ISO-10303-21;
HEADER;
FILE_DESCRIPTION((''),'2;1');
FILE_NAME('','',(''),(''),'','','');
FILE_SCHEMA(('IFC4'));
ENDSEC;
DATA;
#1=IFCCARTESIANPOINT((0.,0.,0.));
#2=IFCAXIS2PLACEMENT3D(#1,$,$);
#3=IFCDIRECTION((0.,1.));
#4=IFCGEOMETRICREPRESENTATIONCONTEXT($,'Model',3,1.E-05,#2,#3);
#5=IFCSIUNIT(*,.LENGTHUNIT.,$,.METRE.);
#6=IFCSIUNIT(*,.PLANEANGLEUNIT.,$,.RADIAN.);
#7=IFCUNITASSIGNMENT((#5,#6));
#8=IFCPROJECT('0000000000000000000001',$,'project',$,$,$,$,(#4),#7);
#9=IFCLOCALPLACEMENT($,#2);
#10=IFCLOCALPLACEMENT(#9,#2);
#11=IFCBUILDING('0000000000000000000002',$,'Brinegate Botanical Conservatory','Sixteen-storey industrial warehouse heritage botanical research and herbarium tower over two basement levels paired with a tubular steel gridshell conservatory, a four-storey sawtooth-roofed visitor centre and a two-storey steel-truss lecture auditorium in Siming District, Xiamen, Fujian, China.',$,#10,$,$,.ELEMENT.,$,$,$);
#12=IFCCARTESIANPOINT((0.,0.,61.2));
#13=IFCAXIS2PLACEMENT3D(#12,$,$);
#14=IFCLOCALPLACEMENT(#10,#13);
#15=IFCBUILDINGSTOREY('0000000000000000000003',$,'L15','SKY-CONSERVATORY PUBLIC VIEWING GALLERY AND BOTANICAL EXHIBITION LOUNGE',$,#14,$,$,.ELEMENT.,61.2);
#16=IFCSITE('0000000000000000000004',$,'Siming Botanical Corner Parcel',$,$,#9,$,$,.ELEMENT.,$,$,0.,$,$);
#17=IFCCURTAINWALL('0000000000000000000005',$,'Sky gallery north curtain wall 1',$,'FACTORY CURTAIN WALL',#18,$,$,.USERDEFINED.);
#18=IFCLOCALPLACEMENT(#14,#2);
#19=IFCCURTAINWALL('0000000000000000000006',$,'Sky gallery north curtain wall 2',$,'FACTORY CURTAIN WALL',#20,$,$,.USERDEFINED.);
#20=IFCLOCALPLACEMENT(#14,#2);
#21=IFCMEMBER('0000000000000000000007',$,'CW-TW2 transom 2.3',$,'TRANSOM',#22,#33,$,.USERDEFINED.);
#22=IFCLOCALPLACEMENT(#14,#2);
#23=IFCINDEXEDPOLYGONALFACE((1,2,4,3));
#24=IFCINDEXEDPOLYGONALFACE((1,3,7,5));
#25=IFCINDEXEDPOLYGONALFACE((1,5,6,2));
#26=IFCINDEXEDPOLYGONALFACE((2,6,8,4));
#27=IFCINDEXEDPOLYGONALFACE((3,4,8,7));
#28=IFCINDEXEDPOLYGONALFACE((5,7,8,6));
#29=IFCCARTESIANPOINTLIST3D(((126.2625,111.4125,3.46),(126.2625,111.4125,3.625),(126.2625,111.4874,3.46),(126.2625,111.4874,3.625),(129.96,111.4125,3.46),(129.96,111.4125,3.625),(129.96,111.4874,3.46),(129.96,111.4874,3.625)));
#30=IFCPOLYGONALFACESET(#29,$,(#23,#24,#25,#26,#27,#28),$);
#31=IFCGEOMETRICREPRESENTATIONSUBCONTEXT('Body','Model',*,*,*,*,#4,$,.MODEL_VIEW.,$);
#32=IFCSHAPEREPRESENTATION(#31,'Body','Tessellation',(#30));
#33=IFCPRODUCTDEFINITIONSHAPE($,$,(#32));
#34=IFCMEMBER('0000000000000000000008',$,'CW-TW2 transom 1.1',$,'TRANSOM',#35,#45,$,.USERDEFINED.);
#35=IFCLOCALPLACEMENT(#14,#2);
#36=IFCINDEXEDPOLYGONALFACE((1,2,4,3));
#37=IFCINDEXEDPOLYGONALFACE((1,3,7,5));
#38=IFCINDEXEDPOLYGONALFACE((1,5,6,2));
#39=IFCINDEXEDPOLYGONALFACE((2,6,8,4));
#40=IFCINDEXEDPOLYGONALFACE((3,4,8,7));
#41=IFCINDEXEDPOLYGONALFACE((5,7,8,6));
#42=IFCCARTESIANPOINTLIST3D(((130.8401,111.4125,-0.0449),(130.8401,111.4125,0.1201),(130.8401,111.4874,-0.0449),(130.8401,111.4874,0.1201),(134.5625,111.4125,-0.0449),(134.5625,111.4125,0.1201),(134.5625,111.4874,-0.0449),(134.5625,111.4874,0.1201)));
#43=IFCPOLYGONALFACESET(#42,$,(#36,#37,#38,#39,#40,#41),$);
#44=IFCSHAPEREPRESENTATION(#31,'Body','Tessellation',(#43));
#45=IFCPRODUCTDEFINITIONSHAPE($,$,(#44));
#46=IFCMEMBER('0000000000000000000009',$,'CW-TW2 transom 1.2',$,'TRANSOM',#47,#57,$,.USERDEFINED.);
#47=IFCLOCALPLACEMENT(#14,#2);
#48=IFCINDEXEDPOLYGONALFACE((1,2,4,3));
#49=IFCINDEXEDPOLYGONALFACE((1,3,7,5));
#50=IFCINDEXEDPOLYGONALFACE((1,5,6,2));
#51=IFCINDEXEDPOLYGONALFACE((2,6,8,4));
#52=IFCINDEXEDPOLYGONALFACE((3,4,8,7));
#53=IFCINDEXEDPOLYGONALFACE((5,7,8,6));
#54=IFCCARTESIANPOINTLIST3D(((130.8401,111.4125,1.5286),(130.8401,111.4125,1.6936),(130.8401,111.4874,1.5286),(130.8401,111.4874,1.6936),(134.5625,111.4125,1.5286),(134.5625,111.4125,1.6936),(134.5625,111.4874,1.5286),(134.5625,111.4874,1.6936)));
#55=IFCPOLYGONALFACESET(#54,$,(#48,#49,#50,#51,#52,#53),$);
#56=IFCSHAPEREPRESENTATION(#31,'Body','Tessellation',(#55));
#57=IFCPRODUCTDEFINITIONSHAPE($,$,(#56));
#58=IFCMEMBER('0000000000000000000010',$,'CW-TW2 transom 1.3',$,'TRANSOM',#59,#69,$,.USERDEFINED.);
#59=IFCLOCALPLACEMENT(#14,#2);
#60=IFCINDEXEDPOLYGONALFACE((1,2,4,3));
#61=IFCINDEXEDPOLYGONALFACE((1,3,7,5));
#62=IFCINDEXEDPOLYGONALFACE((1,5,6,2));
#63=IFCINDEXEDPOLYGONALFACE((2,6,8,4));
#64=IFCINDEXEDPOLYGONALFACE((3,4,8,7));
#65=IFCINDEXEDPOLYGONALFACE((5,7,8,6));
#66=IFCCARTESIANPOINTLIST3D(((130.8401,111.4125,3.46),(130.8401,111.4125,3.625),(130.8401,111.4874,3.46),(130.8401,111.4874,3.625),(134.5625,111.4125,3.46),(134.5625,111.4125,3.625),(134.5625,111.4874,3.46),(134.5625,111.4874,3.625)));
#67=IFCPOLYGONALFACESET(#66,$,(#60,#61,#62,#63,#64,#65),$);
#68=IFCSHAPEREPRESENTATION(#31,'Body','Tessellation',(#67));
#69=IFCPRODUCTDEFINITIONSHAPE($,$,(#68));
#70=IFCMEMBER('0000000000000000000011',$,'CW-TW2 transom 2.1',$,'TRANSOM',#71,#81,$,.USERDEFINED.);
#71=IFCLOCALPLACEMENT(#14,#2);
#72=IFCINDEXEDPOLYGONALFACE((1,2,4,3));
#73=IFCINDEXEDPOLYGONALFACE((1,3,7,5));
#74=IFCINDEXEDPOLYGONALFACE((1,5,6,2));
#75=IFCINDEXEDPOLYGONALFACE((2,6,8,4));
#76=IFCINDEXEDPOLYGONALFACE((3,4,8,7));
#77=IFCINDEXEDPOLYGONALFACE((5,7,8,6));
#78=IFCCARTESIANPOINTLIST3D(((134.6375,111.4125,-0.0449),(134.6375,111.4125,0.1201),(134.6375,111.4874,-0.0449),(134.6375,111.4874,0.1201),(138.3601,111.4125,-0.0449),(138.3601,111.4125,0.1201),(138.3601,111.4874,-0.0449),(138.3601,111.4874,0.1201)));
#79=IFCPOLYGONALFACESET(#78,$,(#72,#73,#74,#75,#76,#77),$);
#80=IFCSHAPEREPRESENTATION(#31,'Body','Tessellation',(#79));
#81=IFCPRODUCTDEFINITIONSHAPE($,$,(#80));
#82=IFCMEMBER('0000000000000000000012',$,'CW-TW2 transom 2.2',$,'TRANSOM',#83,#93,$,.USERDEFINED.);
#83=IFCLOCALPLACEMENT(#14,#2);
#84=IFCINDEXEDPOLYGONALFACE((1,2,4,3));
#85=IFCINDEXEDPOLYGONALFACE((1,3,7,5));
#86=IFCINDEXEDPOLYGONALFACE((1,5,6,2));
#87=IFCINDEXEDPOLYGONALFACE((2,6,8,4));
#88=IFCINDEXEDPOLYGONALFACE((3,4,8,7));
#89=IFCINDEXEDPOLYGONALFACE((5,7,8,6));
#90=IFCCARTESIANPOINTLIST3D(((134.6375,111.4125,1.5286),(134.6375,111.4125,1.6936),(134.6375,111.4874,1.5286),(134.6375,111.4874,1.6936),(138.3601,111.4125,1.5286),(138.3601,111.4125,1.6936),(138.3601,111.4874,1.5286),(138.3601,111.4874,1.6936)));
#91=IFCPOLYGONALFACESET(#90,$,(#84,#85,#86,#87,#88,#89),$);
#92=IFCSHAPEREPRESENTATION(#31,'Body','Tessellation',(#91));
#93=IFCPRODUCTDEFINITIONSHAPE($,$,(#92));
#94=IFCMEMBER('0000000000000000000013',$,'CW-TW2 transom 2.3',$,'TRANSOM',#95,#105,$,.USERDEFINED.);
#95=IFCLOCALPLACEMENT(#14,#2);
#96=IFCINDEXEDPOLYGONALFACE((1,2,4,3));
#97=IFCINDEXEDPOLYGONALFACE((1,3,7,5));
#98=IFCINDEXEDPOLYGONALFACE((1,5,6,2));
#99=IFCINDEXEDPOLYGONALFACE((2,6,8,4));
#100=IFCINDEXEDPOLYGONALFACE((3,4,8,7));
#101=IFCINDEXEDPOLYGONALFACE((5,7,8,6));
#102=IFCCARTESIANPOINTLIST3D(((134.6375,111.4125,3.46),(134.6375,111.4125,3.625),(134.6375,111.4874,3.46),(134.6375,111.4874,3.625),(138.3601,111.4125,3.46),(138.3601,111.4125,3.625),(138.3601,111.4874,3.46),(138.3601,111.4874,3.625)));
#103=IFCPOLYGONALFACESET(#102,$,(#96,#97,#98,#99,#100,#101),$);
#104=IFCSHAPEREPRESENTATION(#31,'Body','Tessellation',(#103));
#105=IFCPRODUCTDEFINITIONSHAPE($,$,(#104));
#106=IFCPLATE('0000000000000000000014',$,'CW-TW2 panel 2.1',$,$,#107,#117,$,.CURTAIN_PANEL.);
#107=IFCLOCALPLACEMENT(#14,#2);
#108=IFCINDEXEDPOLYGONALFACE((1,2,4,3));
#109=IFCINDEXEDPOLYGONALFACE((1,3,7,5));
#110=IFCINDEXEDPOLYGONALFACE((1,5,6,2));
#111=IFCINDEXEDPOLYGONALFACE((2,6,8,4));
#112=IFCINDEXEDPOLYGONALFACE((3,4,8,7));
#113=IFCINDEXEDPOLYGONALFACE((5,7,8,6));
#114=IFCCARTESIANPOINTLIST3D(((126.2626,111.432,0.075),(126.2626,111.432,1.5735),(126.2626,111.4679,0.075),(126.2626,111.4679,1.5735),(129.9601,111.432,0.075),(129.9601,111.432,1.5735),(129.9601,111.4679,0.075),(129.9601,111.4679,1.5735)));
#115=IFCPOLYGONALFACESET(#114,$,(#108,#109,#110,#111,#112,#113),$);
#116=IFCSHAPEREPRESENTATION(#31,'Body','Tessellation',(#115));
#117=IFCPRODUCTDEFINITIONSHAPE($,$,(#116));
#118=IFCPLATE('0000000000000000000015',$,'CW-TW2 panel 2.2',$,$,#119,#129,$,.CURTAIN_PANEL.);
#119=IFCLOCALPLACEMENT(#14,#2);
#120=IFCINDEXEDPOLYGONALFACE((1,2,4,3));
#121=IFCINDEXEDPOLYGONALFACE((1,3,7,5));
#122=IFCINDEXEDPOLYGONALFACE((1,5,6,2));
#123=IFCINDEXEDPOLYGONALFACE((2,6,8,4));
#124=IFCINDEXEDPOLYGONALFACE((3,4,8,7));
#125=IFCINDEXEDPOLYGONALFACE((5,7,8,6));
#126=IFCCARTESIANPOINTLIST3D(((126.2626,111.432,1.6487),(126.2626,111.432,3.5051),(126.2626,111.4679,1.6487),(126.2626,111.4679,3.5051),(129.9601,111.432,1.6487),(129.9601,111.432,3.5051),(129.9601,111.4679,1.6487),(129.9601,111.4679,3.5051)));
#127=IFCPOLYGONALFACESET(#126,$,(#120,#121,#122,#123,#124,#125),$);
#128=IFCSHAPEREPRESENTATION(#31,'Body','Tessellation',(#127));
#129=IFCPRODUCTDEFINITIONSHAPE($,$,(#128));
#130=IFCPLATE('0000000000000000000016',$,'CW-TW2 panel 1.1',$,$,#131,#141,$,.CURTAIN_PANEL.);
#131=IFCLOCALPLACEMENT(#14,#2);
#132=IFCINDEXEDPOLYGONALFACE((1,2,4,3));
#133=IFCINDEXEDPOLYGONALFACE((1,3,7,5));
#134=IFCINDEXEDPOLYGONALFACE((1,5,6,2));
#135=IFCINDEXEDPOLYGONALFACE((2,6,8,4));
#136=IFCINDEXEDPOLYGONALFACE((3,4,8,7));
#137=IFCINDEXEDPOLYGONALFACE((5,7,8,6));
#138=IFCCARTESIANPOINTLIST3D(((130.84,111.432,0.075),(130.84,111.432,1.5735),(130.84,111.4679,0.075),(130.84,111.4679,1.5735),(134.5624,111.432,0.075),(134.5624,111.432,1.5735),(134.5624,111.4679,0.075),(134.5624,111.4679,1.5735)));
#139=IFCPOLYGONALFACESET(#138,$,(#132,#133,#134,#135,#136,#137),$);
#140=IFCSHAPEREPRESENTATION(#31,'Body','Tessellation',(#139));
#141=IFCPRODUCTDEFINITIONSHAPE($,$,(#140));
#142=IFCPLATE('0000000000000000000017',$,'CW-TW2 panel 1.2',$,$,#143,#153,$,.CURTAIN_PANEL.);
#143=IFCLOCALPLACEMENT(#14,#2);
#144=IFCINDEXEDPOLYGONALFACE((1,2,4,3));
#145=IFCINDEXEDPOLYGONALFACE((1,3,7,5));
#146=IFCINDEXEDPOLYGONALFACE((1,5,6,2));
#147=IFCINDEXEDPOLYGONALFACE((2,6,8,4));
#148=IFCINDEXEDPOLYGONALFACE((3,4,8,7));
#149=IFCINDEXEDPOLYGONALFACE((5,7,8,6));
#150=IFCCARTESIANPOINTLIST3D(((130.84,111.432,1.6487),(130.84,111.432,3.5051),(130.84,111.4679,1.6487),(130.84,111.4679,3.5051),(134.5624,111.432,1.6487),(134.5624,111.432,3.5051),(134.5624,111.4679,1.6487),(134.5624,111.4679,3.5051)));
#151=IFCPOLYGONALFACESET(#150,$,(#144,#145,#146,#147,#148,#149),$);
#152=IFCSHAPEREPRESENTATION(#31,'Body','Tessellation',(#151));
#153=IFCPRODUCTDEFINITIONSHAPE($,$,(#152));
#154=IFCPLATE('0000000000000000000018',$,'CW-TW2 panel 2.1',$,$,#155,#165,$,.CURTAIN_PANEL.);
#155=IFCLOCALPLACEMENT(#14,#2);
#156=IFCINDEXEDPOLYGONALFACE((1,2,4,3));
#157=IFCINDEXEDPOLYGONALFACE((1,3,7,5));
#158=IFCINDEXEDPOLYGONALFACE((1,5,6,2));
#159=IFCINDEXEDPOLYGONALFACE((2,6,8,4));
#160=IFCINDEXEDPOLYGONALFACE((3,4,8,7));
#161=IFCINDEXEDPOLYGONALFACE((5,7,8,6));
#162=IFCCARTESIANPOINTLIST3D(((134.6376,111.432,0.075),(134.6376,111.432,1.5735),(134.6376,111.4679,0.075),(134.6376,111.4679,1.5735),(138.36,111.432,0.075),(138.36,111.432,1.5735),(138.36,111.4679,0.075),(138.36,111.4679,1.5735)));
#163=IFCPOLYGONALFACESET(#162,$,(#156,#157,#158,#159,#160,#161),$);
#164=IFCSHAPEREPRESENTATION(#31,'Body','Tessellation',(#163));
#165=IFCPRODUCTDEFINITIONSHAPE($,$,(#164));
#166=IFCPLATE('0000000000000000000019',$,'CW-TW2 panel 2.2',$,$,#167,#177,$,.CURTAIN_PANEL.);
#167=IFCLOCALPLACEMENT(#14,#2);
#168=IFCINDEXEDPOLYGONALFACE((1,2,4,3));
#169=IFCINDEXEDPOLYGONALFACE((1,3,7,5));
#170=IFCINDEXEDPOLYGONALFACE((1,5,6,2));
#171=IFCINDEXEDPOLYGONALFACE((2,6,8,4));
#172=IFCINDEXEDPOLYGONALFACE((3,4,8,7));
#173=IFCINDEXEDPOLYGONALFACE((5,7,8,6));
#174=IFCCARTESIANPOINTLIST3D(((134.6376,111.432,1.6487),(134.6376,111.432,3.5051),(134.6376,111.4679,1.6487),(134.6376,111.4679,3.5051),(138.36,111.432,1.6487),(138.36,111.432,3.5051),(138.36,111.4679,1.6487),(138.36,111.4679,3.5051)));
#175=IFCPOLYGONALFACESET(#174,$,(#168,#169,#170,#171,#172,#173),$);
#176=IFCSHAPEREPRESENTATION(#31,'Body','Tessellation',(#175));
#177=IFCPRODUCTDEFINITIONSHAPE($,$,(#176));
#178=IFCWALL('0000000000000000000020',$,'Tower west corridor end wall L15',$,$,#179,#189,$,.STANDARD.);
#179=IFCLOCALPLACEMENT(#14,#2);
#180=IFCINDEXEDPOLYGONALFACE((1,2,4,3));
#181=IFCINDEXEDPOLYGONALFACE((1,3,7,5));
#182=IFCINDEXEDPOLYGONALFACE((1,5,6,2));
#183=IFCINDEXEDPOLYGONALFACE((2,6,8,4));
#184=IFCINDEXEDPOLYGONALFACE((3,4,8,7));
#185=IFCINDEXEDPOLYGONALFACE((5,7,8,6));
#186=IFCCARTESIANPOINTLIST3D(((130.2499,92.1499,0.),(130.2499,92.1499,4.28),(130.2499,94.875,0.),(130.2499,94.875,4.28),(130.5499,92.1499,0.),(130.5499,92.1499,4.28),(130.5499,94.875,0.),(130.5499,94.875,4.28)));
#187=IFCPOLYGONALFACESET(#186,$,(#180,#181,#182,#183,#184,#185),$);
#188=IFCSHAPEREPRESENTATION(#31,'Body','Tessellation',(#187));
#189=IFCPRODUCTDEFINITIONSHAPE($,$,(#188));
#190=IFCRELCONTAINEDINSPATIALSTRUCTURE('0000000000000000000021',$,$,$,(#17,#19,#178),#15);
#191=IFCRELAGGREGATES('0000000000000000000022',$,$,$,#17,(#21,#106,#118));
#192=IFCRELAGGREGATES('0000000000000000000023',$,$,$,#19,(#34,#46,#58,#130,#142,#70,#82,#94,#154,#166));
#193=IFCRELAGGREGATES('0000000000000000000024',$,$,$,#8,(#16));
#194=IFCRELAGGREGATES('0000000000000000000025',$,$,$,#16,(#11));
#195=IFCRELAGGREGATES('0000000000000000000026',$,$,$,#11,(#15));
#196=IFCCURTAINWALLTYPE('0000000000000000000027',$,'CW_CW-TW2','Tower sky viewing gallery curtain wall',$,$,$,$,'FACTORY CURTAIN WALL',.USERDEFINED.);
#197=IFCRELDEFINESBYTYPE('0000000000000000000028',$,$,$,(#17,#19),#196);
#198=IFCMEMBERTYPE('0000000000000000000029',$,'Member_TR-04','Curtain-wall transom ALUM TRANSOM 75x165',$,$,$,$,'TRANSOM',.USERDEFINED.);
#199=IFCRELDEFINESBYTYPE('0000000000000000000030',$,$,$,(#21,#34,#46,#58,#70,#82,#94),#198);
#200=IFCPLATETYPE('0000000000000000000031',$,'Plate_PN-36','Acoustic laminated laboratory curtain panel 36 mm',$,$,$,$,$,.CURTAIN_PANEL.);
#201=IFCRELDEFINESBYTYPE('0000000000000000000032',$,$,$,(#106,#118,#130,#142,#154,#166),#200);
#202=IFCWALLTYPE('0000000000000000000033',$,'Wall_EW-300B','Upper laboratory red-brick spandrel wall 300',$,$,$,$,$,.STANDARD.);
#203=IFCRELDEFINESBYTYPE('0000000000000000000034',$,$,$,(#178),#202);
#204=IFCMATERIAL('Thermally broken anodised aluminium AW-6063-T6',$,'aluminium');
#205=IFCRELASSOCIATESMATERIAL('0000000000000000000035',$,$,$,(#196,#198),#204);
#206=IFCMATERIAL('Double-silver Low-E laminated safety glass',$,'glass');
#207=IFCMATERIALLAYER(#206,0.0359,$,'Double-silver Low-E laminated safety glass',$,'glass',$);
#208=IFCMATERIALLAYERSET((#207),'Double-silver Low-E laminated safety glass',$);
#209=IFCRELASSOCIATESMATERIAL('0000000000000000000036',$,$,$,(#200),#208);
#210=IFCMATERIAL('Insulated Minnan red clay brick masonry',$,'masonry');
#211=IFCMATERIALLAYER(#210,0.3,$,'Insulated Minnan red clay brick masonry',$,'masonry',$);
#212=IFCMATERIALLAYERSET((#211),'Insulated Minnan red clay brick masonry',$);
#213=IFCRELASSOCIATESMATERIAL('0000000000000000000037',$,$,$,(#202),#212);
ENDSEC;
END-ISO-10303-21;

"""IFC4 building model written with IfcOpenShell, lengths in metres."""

from ifc_helpers import new_model, si_unit, direction, frame, frame_2d, origin, origin_2d, place, context, subcontext, project, spatial, rectangle, extrude, material, layer, layer_set, material_profile, profile_set, type_object, element, aggregate, save


model = new_model("IFC4")

# Units and contexts
model_context = context("Model", 3, precision=1e-05, world=origin(), true_north=direction((0.0, 1.0)))
body_context = subcontext(model_context, "Body", "Model", "MODEL_VIEW")
ifc_project = project(units=[si_unit("LENGTHUNIT", "METRE"), si_unit("PLANEANGLEUNIT", "RADIAN")], contexts=[model_context])

# Site, building, storey
site_placement = place(None, origin())
site = spatial("IfcSite", under=ifc_project, at=site_placement, Name="Siming Botanical Corner Parcel", CompositionType="ELEMENT", RefElevation=0.0)
building_placement = place(site_placement, origin())
building = spatial("IfcBuilding", under=site, at=building_placement, Name="Brinegate Botanical Conservatory", Description="Sixteen-storey industrial warehouse heritage botanical research and herbarium tower over two basement levels paired with a tubular steel gridshell conservatory, a four-storey sawtooth-roofed visitor centre and a two-storey steel-truss lecture auditorium in Siming District, Xiamen, Fujian, China.", CompositionType="ELEMENT")
storey_placement = place(building_placement, frame((0.0, 0.0, 61.2)))
storey = spatial("IfcBuildingStorey", under=building, at=storey_placement, Name="L15", Description="SKY-CONSERVATORY PUBLIC VIEWING GALLERY AND BOTANICAL EXHIBITION LOUNGE", CompositionType="ELEMENT", Elevation=61.2)

# Curtain wall
ifc_material_1 = material(Name="Thermally broken anodised aluminium AW-6063-T6", Category="aluminium")
curtain_wall_type = type_object("IfcCurtainWallType", Name="CW_CW-TW2", Description="Tower sky viewing gallery curtain wall", ElementType="FACTORY CURTAIN WALL", PredefinedType="USERDEFINED", material=ifc_material_1)
curtain_wall_1_placement = place(storey_placement, origin())
curtain_wall_1 = element("IfcCurtainWall", 1, at=curtain_wall_1_placement, inside=storey, type_object=curtain_wall_type, Name="Sky gallery north curtain wall 1", ObjectType="FACTORY CURTAIN WALL", PredefinedType="USERDEFINED")

# Curtain wall
curtain_wall_2_placement = place(storey_placement, origin())
curtain_wall_2 = element("IfcCurtainWall", 2, at=curtain_wall_2_placement, inside=storey, type_object=curtain_wall_type, Name="Sky gallery north curtain wall 2", ObjectType="FACTORY CURTAIN WALL", PredefinedType="USERDEFINED")

# Members
ifc_material_profile_1 = material_profile(ifc_material_1, rectangle(XDim=0.075, YDim=0.165, at=origin_2d()), Name="ALUM TRANSOM 75x165")
ifc_profile_set_1 = profile_set([ifc_material_profile_1], Name="Thermally broken anodised aluminium AW-6063-T6")
member_type_1 = type_object("IfcMemberType", Name="Member_TR-04", Description="Curtain-wall transom ALUM TRANSOM 75x165", ElementType="TRANSOM", PredefinedType="USERDEFINED", material=ifc_profile_set_1)
member_1_placement = place(storey_placement, frame((126.2625, 111.45, 3.5425), z_axis=(1.0, 0.0, 0.0), x_axis=(0.0, 1.0, 0.0)))
member_1 = element("IfcMember", 3, at=member_1_placement, type_object=member_type_1, Name="CW-TW2 transom 2.3", ObjectType="TRANSOM", PredefinedType="USERDEFINED", context=body_context, shape_type="SweptSolid", body=[
    extrude(rectangle(XDim=0.075, YDim=0.165, at=origin_2d()), origin(), (0.0, 0.0, 1.0), 3.6975),
])
member_2_placement = place(storey_placement, frame((130.8401, 111.45, 0.0376), z_axis=(1.0, 0.0, 0.0), x_axis=(0.0, 1.0, 0.0)))
member_2 = element("IfcMember", 4, at=member_2_placement, type_object=member_type_1, Name="CW-TW2 transom 1.1", ObjectType="TRANSOM", PredefinedType="USERDEFINED", context=body_context, shape_type="SweptSolid", body=[
    extrude(rectangle(XDim=0.075, YDim=0.165, at=origin_2d()), origin(), (0.0, 0.0, 1.0), 3.7224),
])
member_3_placement = place(storey_placement, frame((130.8401, 111.45, 1.6111), z_axis=(1.0, 0.0, 0.0), x_axis=(0.0, 1.0, 0.0)))
member_3 = element("IfcMember", 5, at=member_3_placement, type_object=member_type_1, Name="CW-TW2 transom 1.2", ObjectType="TRANSOM", PredefinedType="USERDEFINED", context=body_context, shape_type="SweptSolid", body=[
    extrude(rectangle(XDim=0.075, YDim=0.165, at=origin_2d()), origin(), (0.0, 0.0, 1.0), 3.7224),
])
member_4_placement = place(storey_placement, frame((130.8401, 111.45, 3.5425), z_axis=(1.0, 0.0, 0.0), x_axis=(0.0, 1.0, 0.0)))
member_4 = element("IfcMember", 6, at=member_4_placement, type_object=member_type_1, Name="CW-TW2 transom 1.3", ObjectType="TRANSOM", PredefinedType="USERDEFINED", context=body_context, shape_type="SweptSolid", body=[
    extrude(rectangle(XDim=0.075, YDim=0.165, at=origin_2d()), origin(), (0.0, 0.0, 1.0), 3.7224),
])
member_5_placement = place(storey_placement, frame((134.6375, 111.45, 0.0376), z_axis=(1.0, 0.0, 0.0), x_axis=(0.0, 1.0, 0.0)))
member_5 = element("IfcMember", 7, at=member_5_placement, type_object=member_type_1, Name="CW-TW2 transom 2.1", ObjectType="TRANSOM", PredefinedType="USERDEFINED", context=body_context, shape_type="SweptSolid", body=[
    extrude(rectangle(XDim=0.075, YDim=0.165, at=origin_2d()), origin(), (0.0, 0.0, 1.0), 3.7227),
])
member_6_placement = place(storey_placement, frame((134.6375, 111.45, 1.6111), z_axis=(1.0, 0.0, 0.0), x_axis=(0.0, 1.0, 0.0)))
member_6 = element("IfcMember", 8, at=member_6_placement, type_object=member_type_1, Name="CW-TW2 transom 2.2", ObjectType="TRANSOM", PredefinedType="USERDEFINED", context=body_context, shape_type="SweptSolid", body=[
    extrude(rectangle(XDim=0.075, YDim=0.165, at=origin_2d()), origin(), (0.0, 0.0, 1.0), 3.7227),
])
member_7_placement = place(storey_placement, frame((134.6375, 111.45, 3.5425), z_axis=(1.0, 0.0, 0.0), x_axis=(0.0, 1.0, 0.0)))
member_7 = element("IfcMember", 9, at=member_7_placement, type_object=member_type_1, Name="CW-TW2 transom 2.3", ObjectType="TRANSOM", PredefinedType="USERDEFINED", context=body_context, shape_type="SweptSolid", body=[
    extrude(rectangle(XDim=0.075, YDim=0.165, at=origin_2d()), origin(), (0.0, 0.0, 1.0), 3.7227),
])

# Plates
ifc_material_2 = material(Name="Double-silver Low-E laminated safety glass", Category="glass")
ifc_layer_1 = layer(ifc_material_2, 0.0359, Name="Double-silver Low-E laminated safety glass", Category="glass")
ifc_layer_set_1 = layer_set([ifc_layer_1], Name="Double-silver Low-E laminated safety glass")
plate_type = type_object("IfcPlateType", Name="Plate_PN-36", Description="Acoustic laminated laboratory curtain panel 36 mm", PredefinedType="CURTAIN_PANEL", material=ifc_layer_set_1)
plate_1_placement = place(storey_placement, frame((128.1113, 111.45, 0.075), z_axis=(0.0, 0.0, 1.0), x_axis=(1.0, 0.0, 0.0)))
plate_1 = element("IfcPlate", 10, at=plate_1_placement, type_object=plate_type, Name="CW-TW2 panel 2.1", PredefinedType="CURTAIN_PANEL", context=body_context, shape_type="SweptSolid", body=[
    extrude(rectangle(XDim=3.6975, YDim=0.0359, at=origin_2d()), origin(), (0.0, 0.0, 1.0), 1.4985),
])
plate_2_placement = place(storey_placement, frame((128.1113, 111.45, 1.6487), z_axis=(0.0, 0.0, 1.0), x_axis=(1.0, 0.0, 0.0)))
plate_2 = element("IfcPlate", 11, at=plate_2_placement, type_object=plate_type, Name="CW-TW2 panel 2.2", PredefinedType="CURTAIN_PANEL", context=body_context, shape_type="SweptSolid", body=[
    extrude(rectangle(XDim=3.6975, YDim=0.0359, at=origin_2d()), origin(), (0.0, 0.0, 1.0), 1.8564),
])
aggregate(curtain_wall_1, [member_1, plate_1, plate_2])
plate_3_placement = place(storey_placement, frame((132.7012, 111.45, 0.075), z_axis=(0.0, 0.0, 1.0), x_axis=(1.0, 0.0, 0.0)))
plate_3 = element("IfcPlate", 12, at=plate_3_placement, type_object=plate_type, Name="CW-TW2 panel 1.1", PredefinedType="CURTAIN_PANEL", context=body_context, shape_type="SweptSolid", body=[
    extrude(rectangle(XDim=3.7224, YDim=0.0359, at=origin_2d()), origin(), (0.0, 0.0, 1.0), 1.4985),
])
plate_4_placement = place(storey_placement, frame((132.7012, 111.45, 1.6487), z_axis=(0.0, 0.0, 1.0), x_axis=(1.0, 0.0, 0.0)))
plate_4 = element("IfcPlate", 13, at=plate_4_placement, type_object=plate_type, Name="CW-TW2 panel 1.2", PredefinedType="CURTAIN_PANEL", context=body_context, shape_type="SweptSolid", body=[
    extrude(rectangle(XDim=3.7224, YDim=0.0359, at=origin_2d()), origin(), (0.0, 0.0, 1.0), 1.8564),
])
plate_5_placement = place(storey_placement, frame((136.4988, 111.45, 0.075), z_axis=(0.0, 0.0, 1.0), x_axis=(1.0, 0.0, 0.0)))
plate_5 = element("IfcPlate", 14, at=plate_5_placement, type_object=plate_type, Name="CW-TW2 panel 2.1", PredefinedType="CURTAIN_PANEL", context=body_context, shape_type="SweptSolid", body=[
    extrude(rectangle(XDim=3.7224, YDim=0.0359, at=origin_2d()), origin(), (0.0, 0.0, 1.0), 1.4985),
])
plate_6_placement = place(storey_placement, frame((136.4988, 111.45, 1.6487), z_axis=(0.0, 0.0, 1.0), x_axis=(1.0, 0.0, 0.0)))
plate_6 = element("IfcPlate", 15, at=plate_6_placement, type_object=plate_type, Name="CW-TW2 panel 2.2", PredefinedType="CURTAIN_PANEL", context=body_context, shape_type="SweptSolid", body=[
    extrude(rectangle(XDim=3.7224, YDim=0.0359, at=origin_2d()), origin(), (0.0, 0.0, 1.0), 1.8564),
])
aggregate(curtain_wall_2, [member_2, member_3, member_4, plate_3, plate_4, member_5, member_6, member_7, plate_5, plate_6])

# Wall
ifc_material_3 = material(Name="Insulated Minnan red clay brick masonry", Category="masonry")
ifc_layer_2 = layer(ifc_material_3, 0.3, Name="Insulated Minnan red clay brick masonry", Category="masonry")
ifc_layer_set_2 = layer_set([ifc_layer_2], Name="Insulated Minnan red clay brick masonry")
wall_type_1 = type_object("IfcWallType", Name="Wall_EW-300B", Description="Upper laboratory red-brick spandrel wall 300", PredefinedType="STANDARD", material=ifc_layer_set_2)
wall_1_placement = place(storey_placement, frame((130.3999, 92.1499, 0.0), z_axis=(0.0, 0.0, 1.0), x_axis=(0.0, 1.0, 0.0)))
element("IfcWall", 16, at=wall_1_placement, inside=storey, type_object=wall_type_1, Name="Tower west corridor end wall L15", PredefinedType="STANDARD", context=body_context, shape_type="SweptSolid", body=[
    extrude(rectangle(XDim=2.7251, YDim=0.3, at=frame_2d((1.3625, 0.0))), origin(), (0.0, 0.0, 1.0), 4.28),
])

save(model, "model.ifc")
